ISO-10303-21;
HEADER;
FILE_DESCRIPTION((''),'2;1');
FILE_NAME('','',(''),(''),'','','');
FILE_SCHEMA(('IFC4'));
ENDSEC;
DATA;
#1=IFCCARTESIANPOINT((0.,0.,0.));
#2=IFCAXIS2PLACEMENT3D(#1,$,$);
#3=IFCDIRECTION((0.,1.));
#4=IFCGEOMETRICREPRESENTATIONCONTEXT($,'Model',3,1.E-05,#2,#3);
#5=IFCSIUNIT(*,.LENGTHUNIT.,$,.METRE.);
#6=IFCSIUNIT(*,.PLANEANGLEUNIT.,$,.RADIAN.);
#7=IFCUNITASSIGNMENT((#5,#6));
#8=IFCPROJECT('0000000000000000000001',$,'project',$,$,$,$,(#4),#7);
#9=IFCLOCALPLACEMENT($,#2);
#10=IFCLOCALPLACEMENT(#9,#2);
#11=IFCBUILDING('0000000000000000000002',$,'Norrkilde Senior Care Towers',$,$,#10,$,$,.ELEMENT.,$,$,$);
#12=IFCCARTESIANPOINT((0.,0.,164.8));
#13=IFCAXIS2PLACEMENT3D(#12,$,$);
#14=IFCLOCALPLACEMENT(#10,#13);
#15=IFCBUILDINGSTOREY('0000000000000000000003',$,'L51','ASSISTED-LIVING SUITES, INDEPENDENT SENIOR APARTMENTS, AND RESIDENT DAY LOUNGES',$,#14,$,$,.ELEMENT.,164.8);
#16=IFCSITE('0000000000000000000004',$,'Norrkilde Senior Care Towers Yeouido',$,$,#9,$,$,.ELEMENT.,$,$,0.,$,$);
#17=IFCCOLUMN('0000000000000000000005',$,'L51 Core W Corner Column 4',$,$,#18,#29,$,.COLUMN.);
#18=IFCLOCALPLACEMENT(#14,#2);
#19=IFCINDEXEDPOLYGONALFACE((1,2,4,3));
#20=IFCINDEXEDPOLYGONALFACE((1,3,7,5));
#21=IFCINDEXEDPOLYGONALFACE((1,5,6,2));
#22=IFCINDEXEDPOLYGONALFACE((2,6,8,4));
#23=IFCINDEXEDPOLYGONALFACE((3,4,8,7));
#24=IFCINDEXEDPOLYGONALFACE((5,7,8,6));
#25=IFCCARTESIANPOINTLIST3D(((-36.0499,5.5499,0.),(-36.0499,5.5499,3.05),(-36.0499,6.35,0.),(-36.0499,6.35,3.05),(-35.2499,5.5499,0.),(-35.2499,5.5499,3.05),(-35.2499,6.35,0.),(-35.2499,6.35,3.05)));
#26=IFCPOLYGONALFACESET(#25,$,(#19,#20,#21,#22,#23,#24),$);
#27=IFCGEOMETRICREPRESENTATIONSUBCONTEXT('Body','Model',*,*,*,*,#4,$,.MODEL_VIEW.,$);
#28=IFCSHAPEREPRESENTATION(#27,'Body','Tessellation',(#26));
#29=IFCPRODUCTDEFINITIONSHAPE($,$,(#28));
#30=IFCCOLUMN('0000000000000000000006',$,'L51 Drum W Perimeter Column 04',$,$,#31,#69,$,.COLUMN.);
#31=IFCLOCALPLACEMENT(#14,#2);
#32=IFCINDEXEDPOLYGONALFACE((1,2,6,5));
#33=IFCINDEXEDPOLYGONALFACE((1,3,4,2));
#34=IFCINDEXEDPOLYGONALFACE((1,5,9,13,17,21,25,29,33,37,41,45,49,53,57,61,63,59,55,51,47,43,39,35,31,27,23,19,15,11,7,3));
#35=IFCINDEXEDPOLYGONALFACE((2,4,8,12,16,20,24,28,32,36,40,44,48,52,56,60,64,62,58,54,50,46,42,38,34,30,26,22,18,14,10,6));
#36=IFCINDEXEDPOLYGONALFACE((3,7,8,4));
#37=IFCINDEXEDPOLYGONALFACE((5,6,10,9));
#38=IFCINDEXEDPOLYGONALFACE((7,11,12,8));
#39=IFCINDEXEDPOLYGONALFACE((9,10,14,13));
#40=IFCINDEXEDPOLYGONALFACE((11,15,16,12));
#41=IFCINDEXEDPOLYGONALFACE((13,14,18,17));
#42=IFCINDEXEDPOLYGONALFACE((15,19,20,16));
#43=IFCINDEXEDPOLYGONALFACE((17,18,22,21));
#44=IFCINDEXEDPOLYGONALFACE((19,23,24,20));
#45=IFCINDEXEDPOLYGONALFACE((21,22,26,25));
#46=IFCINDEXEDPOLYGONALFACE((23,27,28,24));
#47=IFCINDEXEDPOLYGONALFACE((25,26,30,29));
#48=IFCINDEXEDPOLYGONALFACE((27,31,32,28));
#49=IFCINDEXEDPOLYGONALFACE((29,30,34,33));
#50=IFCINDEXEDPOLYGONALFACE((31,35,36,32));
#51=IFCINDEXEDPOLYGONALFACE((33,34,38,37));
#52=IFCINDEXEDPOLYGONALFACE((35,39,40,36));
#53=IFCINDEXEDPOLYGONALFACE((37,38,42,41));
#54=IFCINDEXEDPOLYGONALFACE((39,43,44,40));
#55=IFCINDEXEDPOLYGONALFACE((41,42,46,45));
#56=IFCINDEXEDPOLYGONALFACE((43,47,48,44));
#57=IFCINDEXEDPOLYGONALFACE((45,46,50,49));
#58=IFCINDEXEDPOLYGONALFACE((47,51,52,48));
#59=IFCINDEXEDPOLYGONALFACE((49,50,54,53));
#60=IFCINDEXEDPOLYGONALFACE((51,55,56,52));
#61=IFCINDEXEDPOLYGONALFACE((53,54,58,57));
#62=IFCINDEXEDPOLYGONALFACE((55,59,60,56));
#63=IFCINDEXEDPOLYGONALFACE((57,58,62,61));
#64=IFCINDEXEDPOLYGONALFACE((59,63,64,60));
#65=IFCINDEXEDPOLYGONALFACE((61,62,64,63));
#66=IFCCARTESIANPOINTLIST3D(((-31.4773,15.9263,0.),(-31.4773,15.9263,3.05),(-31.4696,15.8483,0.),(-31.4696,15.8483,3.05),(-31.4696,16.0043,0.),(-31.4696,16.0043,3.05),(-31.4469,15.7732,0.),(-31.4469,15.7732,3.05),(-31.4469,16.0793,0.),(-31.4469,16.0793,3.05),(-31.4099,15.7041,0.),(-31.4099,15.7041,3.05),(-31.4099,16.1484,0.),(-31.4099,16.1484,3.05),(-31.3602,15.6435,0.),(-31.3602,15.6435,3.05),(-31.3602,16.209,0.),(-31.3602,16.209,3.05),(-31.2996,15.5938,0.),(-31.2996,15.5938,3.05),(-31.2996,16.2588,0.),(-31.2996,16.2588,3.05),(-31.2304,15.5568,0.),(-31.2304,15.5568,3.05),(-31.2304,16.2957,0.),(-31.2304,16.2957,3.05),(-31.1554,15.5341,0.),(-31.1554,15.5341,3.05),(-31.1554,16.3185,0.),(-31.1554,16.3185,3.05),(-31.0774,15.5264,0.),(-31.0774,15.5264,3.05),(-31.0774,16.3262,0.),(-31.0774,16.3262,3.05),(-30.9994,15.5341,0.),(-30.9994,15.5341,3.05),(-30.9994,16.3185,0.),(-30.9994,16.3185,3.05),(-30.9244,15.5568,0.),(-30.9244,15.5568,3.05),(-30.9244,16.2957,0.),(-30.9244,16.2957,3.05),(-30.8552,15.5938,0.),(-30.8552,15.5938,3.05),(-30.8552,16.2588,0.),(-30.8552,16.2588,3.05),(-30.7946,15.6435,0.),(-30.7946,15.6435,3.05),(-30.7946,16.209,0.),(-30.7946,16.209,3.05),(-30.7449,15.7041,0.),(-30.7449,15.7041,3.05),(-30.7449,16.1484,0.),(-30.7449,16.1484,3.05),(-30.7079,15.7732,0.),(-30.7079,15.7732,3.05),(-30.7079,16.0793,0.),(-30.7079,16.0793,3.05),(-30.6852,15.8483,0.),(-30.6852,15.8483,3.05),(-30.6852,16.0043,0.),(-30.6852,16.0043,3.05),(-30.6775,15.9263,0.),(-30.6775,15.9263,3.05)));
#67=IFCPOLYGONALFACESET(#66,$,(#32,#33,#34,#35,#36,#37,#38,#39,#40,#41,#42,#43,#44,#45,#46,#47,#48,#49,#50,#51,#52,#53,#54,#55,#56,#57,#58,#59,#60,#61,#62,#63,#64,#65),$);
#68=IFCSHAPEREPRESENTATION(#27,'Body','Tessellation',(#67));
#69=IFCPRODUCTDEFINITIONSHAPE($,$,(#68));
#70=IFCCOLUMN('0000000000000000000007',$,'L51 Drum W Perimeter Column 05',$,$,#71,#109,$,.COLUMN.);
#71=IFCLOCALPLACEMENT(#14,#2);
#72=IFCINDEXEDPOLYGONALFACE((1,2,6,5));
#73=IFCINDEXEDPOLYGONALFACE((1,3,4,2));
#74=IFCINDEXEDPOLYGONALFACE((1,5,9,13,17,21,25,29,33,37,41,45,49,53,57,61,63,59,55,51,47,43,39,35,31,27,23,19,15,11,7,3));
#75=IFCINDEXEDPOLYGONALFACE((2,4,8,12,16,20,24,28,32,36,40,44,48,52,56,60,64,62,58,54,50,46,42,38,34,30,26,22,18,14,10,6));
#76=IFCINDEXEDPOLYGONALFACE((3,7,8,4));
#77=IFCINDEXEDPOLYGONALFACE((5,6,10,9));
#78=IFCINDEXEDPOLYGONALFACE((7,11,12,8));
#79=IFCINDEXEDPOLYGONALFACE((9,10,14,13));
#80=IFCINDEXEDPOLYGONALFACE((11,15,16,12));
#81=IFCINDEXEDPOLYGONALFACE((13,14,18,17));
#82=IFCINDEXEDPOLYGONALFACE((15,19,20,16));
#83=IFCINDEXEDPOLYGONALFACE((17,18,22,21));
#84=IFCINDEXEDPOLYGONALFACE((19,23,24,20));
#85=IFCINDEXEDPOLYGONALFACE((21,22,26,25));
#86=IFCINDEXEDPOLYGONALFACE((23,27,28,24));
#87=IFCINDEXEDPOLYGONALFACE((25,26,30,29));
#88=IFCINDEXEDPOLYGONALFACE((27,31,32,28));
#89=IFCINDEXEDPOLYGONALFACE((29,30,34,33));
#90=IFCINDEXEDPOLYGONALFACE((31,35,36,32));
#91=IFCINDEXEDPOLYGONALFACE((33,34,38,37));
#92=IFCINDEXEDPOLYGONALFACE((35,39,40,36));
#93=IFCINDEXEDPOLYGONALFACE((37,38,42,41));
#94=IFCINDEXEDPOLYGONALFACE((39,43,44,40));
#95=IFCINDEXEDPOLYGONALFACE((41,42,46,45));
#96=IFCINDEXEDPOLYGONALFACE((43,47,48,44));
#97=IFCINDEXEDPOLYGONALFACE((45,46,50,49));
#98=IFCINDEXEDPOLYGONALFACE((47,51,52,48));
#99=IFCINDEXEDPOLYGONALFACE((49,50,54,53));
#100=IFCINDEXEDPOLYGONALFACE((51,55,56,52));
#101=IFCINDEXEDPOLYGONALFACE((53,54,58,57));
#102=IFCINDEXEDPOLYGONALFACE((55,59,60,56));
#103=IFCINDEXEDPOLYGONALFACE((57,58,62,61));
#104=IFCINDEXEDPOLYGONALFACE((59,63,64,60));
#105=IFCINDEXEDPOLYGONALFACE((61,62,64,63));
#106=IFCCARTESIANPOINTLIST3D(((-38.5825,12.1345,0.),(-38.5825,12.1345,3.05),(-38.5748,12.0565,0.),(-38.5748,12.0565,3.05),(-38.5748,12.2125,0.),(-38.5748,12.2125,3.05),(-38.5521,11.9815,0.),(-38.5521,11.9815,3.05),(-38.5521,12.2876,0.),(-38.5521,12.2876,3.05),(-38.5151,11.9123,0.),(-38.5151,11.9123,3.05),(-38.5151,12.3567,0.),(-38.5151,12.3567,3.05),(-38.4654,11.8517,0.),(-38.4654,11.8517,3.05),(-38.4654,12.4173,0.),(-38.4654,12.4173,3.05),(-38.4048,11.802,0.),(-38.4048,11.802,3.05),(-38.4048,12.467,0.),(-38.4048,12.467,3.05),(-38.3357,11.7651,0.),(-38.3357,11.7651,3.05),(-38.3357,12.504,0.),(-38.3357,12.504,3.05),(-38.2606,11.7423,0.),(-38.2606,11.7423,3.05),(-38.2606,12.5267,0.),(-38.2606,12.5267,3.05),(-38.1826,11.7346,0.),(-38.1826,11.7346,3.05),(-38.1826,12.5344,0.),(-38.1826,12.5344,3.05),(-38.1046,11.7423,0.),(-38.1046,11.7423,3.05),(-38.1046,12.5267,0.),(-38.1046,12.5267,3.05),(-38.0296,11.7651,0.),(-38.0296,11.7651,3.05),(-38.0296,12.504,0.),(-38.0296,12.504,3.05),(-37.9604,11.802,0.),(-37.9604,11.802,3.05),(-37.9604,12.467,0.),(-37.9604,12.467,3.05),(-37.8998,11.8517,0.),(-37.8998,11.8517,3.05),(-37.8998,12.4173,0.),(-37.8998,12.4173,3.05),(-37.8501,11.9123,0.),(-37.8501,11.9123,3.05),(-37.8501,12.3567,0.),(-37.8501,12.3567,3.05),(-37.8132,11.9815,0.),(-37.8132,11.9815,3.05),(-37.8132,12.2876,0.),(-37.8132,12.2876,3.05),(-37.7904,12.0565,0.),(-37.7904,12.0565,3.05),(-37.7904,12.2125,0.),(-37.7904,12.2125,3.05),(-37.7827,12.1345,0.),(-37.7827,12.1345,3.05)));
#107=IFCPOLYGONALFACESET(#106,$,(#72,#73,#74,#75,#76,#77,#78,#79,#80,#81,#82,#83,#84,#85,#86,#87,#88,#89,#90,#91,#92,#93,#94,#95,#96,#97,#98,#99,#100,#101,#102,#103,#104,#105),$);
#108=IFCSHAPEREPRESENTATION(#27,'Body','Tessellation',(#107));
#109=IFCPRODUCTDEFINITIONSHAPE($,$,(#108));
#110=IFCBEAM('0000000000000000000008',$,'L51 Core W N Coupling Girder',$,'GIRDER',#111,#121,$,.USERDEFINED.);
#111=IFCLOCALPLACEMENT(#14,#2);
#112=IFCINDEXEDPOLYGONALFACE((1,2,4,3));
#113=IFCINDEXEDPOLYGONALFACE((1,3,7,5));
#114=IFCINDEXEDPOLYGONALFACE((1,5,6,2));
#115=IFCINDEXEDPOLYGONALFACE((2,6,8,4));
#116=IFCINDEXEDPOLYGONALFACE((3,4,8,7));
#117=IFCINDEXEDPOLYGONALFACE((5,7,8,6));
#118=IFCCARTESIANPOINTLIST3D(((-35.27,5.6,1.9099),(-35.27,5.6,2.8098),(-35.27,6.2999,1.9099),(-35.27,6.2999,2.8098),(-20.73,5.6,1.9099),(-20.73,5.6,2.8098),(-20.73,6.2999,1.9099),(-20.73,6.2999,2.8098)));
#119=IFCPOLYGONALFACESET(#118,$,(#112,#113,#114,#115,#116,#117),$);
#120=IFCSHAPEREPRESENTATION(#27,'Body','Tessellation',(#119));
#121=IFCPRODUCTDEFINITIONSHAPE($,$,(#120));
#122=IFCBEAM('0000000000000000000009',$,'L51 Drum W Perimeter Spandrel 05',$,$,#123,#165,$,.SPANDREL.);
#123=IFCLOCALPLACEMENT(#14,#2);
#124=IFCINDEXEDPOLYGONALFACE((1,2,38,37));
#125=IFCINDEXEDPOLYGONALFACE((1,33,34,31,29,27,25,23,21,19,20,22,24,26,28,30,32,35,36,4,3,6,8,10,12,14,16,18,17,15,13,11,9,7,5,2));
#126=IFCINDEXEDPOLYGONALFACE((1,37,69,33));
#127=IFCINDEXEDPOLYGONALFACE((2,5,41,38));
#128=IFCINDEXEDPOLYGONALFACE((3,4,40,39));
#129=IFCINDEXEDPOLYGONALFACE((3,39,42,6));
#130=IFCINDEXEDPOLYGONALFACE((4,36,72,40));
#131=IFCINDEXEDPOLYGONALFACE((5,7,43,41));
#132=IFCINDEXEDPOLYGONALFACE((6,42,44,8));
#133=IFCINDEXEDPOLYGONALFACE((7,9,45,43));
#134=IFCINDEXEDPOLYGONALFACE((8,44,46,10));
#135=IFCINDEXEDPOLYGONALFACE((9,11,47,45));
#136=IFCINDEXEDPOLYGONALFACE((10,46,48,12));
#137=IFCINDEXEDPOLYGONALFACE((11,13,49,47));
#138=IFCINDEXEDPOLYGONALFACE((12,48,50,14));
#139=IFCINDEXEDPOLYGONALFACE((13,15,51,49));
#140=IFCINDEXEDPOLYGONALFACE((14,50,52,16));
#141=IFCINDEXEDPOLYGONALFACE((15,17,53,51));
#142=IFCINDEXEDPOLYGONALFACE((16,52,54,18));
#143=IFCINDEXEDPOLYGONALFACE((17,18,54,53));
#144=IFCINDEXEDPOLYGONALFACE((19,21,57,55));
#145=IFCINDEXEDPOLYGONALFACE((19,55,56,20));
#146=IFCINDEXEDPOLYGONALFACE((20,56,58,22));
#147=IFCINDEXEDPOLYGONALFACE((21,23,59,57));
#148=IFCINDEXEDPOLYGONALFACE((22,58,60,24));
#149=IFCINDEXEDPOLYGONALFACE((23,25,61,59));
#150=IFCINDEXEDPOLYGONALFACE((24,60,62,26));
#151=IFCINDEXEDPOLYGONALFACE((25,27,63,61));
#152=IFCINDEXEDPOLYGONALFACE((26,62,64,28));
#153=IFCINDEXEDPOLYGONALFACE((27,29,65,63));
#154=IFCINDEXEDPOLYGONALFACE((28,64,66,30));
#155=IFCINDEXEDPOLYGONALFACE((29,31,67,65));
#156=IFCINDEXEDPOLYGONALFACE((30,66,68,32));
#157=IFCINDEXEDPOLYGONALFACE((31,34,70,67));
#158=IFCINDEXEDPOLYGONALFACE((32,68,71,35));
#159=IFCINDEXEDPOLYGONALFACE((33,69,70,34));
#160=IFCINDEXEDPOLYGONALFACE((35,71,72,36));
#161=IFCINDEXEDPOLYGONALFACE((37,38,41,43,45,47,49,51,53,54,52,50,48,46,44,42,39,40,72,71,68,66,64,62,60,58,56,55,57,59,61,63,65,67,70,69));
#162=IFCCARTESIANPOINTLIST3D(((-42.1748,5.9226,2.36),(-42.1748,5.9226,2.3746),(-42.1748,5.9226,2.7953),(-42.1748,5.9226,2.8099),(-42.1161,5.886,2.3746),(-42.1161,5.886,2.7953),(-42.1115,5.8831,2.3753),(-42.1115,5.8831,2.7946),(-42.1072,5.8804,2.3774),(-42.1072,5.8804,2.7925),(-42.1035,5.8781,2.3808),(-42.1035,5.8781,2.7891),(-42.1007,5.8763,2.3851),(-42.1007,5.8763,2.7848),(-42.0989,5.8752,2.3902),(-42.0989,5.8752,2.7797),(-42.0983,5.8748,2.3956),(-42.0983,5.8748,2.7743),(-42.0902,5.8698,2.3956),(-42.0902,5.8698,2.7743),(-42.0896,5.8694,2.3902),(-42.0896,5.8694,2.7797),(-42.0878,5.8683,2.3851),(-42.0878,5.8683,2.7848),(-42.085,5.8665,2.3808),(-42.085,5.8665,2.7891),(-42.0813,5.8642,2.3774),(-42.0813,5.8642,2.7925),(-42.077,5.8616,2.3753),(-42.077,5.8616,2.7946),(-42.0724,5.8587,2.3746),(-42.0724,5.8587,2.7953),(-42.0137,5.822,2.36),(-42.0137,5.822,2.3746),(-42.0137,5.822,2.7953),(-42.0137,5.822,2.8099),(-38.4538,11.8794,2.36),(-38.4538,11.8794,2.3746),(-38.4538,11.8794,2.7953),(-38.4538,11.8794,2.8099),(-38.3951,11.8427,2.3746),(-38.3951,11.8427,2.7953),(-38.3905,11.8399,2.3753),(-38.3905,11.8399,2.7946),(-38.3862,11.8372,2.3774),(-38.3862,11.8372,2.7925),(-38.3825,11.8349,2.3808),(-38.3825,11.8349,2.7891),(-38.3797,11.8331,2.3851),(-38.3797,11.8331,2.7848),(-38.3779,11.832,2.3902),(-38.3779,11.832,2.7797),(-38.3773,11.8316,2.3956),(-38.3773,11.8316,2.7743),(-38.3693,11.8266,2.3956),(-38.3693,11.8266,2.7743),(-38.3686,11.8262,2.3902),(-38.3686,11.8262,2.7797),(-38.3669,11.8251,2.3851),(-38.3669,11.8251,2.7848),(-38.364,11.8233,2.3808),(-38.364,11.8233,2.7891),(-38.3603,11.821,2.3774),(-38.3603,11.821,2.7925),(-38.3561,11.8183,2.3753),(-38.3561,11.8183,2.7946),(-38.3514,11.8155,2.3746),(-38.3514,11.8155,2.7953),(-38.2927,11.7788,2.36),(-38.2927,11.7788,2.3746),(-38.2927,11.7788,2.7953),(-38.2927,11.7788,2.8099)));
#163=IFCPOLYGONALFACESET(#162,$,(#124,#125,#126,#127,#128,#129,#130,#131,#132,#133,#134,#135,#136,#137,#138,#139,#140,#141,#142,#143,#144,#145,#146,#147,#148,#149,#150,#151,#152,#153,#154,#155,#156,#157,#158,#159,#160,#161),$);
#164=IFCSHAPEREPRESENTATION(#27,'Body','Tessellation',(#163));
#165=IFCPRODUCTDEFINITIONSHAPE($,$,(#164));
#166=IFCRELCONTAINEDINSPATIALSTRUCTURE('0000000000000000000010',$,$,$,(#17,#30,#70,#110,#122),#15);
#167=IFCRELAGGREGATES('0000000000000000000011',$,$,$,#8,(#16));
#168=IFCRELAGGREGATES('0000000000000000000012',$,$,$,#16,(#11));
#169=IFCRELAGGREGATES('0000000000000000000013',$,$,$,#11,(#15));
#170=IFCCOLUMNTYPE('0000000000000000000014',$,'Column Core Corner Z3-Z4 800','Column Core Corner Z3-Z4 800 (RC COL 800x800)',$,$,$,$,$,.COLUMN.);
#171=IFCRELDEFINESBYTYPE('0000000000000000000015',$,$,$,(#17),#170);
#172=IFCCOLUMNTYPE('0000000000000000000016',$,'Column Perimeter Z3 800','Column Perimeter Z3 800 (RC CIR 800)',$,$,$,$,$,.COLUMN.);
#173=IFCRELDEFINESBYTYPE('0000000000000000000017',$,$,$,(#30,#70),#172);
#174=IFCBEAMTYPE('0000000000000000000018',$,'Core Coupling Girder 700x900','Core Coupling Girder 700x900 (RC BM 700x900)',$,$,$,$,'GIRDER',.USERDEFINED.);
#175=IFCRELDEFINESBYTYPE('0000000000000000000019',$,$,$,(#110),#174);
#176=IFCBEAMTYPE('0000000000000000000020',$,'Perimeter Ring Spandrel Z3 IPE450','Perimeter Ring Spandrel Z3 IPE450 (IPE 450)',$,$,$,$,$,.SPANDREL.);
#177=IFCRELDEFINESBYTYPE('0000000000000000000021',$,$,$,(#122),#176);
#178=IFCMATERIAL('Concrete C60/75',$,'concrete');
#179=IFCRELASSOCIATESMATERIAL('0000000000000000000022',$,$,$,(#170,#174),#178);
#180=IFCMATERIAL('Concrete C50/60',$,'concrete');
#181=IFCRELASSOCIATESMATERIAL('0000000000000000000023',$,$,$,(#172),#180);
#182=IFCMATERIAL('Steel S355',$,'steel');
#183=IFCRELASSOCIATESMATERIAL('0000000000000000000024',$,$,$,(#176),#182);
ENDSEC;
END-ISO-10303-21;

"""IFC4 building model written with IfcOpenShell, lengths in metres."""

from ifc_helpers import new_model, si_unit, direction, frame, origin, origin_2d, place, context, subcontext, project, spatial, rectangle, circle, i_section, extrude, source, transform, mapped, material, material_profile, profile_set, type_object, type_shapes, element, save


model = new_model("IFC4")

# Units and contexts
model_context = context("Model", 3, precision=1e-05, world=origin(), true_north=direction((0.0, 1.0)))
body_context = subcontext(model_context, "Body", "Model", "MODEL_VIEW")
ifc_project = project(units=[si_unit("LENGTHUNIT", "METRE"), si_unit("PLANEANGLEUNIT", "RADIAN")], contexts=[model_context])

# Site, building, storey
site_placement = place(None, origin())
site = spatial("IfcSite", under=ifc_project, at=site_placement, Name="Norrkilde Senior Care Towers Yeouido", CompositionType="ELEMENT", RefElevation=0.0)
building_placement = place(site_placement, origin())
building = spatial("IfcBuilding", under=site, at=building_placement, Name="Norrkilde Senior Care Towers", CompositionType="ELEMENT")
storey_placement = place(building_placement, frame((0.0, 0.0, 164.8)))
storey = spatial("IfcBuildingStorey", under=building, at=storey_placement, Name="L51", Description="ASSISTED-LIVING SUITES, INDEPENDENT SENIOR APARTMENTS, AND RESIDENT DAY LOUNGES", CompositionType="ELEMENT", Elevation=164.8)

# Columns
ifc_material_1 = material(Name="Concrete C60/75", Category="concrete")
ifc_material_profile_1 = material_profile(ifc_material_1, rectangle(XDim=0.8, YDim=0.8, at=origin_2d()), Name="RC COL 800x800")
ifc_profile_set_1 = profile_set([ifc_material_profile_1], Name="Concrete C60/75")
column_type_1 = type_object("IfcColumnType", Name="Column Core Corner Z3-Z4 800", Description="Column Core Corner Z3-Z4 800 (RC COL 800x800)", PredefinedType="COLUMN", material=ifc_profile_set_1)
shared_shape_1 = source(origin(), body_context, "Body", "SweptSolid", [
    extrude(rectangle(XDim=0.8, YDim=0.8, at=origin_2d()), origin(), (0.0, 0.0, 1.0), 3.05),
])
type_shapes(column_type_1, [shared_shape_1])
column_placement = place(storey_placement, frame((-35.6499, 5.95, 0.0), z_axis=(0.0, 0.0, 1.0), x_axis=(1.0, 0.0, 0.0)))
element("IfcColumn", 1, at=column_placement, inside=storey, type_object=column_type_1, Name="L51 Core W Corner Column 4", PredefinedType="COLUMN", context=body_context, shape_type="MappedRepresentation", body=[
    mapped(shared_shape_1, transform((0.0, 0.0, 0.0), x_axis=(1.0, 0.0, 0.0), y_axis=(0.0, 1.0, 0.0), z_axis=(0.0, 0.0, 1.0), scale=1.0)),
])
ifc_material_2 = material(Name="Concrete C50/60", Category="concrete")
ifc_material_profile_2 = material_profile(ifc_material_2, circle(Radius=0.3999, at=origin_2d()), Name="RC CIR 800")
ifc_profile_set_2 = profile_set([ifc_material_profile_2], Name="Concrete C50/60")
column_type_2 = type_object("IfcColumnType", Name="Column Perimeter Z3 800", Description="Column Perimeter Z3 800 (RC CIR 800)", PredefinedType="COLUMN", material=ifc_profile_set_2)
shared_shape_2 = source(origin(), body_context, "Body", "SweptSolid", [
    extrude(circle(Radius=0.3999, at=origin_2d()), origin(), (0.0, 0.0, 1.0), 3.05),
])
type_shapes(column_type_2, [shared_shape_2])
for number, where, z_axis, x_axis, name in (
    (2, (-31.0774, 15.9263, 0.0), (0.0, 0.0, 1.0), (1.0, 0.0, 0.0), "L51 Drum W Perimeter Column 04"),
    (3, (-38.1826, 12.1345, 0.0), (0.0, 0.0, 1.0), (1.0, 0.0, 0.0), "L51 Drum W Perimeter Column 05"),
):
    element("IfcColumn", number, at=place(storey_placement, frame(where, z_axis=z_axis, x_axis=x_axis)), inside=storey, type_object=column_type_2, Name=name, PredefinedType="COLUMN", context=body_context, shape_type="MappedRepresentation", body=[
        mapped(shared_shape_2, transform((0.0, 0.0, 0.0), x_axis=(1.0, 0.0, 0.0), y_axis=(0.0, 1.0, 0.0), z_axis=(0.0, 0.0, 1.0), scale=1.0)),
    ])

# Beams
ifc_material_profile_3 = material_profile(ifc_material_1, rectangle(XDim=0.7, YDim=0.8999, at=origin_2d()), Name="RC BM 700x900")
ifc_profile_set_3 = profile_set([ifc_material_profile_3], Name="Concrete C60/75")
beam_type_1 = type_object("IfcBeamType", Name="Core Coupling Girder 700x900", Description="Core Coupling Girder 700x900 (RC BM 700x900)", ElementType="GIRDER", PredefinedType="USERDEFINED", material=ifc_profile_set_3)
shared_shape_3 = source(origin(), body_context, "Body", "SweptSolid", [
    extrude(rectangle(XDim=0.7, YDim=0.8999, at=origin_2d()), origin(), (0.0, 0.0, 1.0), 14.54),
])
type_shapes(beam_type_1, [shared_shape_3])
beam_1_placement = place(storey_placement, frame((-35.27, 5.95, 2.3599), z_axis=(1.0, 0.0, 0.0), x_axis=(0.0, 1.0, 0.0)))
element("IfcBeam", 4, at=beam_1_placement, inside=storey, type_object=beam_type_1, Name="L51 Core W N Coupling Girder", ObjectType="GIRDER", PredefinedType="USERDEFINED", context=body_context, shape_type="MappedRepresentation", body=[
    mapped(shared_shape_3, transform((0.0, 0.0, 0.0), x_axis=(1.0, 0.0, 0.0), y_axis=(0.0, 1.0, 0.0), z_axis=(0.0, 0.0, 1.0), scale=1.0)),
])
ifc_material_3 = material(Name="Steel S355", Category="steel")
ifc_material_profile_4 = material_profile(ifc_material_3, i_section(OverallWidth=0.1899, OverallDepth=0.45, WebThickness=0.0095, FlangeThickness=0.0146, FilletRadius=0.021, at=origin_2d()), Name="IPE 450")
ifc_profile_set_4 = profile_set([ifc_material_profile_4], Name="Steel S355")
beam_type_2 = type_object("IfcBeamType", Name="Perimeter Ring Spandrel Z3 IPE450", Description="Perimeter Ring Spandrel Z3 IPE450 (IPE 450)", PredefinedType="SPANDREL", material=ifc_profile_set_4)
shared_shape_4 = source(origin(), body_context, "Body", "SweptSolid", [
    extrude(i_section(OverallWidth=0.1899, OverallDepth=0.45, WebThickness=0.0095, FlangeThickness=0.0146, FilletRadius=0.021, at=origin_2d()), origin(), (0.0, 0.0, 1.0), 7.0234),
])
beam_2_placement = place(storey_placement, frame((-38.3733, 11.8291, 2.585), z_axis=(-0.52979, -0.848129, 0.0), x_axis=(0.848129, -0.52979, 0.0)))
element("IfcBeam", 5, at=beam_2_placement, inside=storey, type_object=beam_type_2, Name="L51 Drum W Perimeter Spandrel 05", PredefinedType="SPANDREL", context=body_context, shape_type="MappedRepresentation", body=[
    mapped(shared_shape_4, transform((0.0, 0.0, 0.0), x_axis=(1.0, 0.0, 0.0), y_axis=(0.0, 1.0, 0.0), z_axis=(0.0, 0.0, 1.0), scale=1.0)),
])

save(model, "model.ifc")
